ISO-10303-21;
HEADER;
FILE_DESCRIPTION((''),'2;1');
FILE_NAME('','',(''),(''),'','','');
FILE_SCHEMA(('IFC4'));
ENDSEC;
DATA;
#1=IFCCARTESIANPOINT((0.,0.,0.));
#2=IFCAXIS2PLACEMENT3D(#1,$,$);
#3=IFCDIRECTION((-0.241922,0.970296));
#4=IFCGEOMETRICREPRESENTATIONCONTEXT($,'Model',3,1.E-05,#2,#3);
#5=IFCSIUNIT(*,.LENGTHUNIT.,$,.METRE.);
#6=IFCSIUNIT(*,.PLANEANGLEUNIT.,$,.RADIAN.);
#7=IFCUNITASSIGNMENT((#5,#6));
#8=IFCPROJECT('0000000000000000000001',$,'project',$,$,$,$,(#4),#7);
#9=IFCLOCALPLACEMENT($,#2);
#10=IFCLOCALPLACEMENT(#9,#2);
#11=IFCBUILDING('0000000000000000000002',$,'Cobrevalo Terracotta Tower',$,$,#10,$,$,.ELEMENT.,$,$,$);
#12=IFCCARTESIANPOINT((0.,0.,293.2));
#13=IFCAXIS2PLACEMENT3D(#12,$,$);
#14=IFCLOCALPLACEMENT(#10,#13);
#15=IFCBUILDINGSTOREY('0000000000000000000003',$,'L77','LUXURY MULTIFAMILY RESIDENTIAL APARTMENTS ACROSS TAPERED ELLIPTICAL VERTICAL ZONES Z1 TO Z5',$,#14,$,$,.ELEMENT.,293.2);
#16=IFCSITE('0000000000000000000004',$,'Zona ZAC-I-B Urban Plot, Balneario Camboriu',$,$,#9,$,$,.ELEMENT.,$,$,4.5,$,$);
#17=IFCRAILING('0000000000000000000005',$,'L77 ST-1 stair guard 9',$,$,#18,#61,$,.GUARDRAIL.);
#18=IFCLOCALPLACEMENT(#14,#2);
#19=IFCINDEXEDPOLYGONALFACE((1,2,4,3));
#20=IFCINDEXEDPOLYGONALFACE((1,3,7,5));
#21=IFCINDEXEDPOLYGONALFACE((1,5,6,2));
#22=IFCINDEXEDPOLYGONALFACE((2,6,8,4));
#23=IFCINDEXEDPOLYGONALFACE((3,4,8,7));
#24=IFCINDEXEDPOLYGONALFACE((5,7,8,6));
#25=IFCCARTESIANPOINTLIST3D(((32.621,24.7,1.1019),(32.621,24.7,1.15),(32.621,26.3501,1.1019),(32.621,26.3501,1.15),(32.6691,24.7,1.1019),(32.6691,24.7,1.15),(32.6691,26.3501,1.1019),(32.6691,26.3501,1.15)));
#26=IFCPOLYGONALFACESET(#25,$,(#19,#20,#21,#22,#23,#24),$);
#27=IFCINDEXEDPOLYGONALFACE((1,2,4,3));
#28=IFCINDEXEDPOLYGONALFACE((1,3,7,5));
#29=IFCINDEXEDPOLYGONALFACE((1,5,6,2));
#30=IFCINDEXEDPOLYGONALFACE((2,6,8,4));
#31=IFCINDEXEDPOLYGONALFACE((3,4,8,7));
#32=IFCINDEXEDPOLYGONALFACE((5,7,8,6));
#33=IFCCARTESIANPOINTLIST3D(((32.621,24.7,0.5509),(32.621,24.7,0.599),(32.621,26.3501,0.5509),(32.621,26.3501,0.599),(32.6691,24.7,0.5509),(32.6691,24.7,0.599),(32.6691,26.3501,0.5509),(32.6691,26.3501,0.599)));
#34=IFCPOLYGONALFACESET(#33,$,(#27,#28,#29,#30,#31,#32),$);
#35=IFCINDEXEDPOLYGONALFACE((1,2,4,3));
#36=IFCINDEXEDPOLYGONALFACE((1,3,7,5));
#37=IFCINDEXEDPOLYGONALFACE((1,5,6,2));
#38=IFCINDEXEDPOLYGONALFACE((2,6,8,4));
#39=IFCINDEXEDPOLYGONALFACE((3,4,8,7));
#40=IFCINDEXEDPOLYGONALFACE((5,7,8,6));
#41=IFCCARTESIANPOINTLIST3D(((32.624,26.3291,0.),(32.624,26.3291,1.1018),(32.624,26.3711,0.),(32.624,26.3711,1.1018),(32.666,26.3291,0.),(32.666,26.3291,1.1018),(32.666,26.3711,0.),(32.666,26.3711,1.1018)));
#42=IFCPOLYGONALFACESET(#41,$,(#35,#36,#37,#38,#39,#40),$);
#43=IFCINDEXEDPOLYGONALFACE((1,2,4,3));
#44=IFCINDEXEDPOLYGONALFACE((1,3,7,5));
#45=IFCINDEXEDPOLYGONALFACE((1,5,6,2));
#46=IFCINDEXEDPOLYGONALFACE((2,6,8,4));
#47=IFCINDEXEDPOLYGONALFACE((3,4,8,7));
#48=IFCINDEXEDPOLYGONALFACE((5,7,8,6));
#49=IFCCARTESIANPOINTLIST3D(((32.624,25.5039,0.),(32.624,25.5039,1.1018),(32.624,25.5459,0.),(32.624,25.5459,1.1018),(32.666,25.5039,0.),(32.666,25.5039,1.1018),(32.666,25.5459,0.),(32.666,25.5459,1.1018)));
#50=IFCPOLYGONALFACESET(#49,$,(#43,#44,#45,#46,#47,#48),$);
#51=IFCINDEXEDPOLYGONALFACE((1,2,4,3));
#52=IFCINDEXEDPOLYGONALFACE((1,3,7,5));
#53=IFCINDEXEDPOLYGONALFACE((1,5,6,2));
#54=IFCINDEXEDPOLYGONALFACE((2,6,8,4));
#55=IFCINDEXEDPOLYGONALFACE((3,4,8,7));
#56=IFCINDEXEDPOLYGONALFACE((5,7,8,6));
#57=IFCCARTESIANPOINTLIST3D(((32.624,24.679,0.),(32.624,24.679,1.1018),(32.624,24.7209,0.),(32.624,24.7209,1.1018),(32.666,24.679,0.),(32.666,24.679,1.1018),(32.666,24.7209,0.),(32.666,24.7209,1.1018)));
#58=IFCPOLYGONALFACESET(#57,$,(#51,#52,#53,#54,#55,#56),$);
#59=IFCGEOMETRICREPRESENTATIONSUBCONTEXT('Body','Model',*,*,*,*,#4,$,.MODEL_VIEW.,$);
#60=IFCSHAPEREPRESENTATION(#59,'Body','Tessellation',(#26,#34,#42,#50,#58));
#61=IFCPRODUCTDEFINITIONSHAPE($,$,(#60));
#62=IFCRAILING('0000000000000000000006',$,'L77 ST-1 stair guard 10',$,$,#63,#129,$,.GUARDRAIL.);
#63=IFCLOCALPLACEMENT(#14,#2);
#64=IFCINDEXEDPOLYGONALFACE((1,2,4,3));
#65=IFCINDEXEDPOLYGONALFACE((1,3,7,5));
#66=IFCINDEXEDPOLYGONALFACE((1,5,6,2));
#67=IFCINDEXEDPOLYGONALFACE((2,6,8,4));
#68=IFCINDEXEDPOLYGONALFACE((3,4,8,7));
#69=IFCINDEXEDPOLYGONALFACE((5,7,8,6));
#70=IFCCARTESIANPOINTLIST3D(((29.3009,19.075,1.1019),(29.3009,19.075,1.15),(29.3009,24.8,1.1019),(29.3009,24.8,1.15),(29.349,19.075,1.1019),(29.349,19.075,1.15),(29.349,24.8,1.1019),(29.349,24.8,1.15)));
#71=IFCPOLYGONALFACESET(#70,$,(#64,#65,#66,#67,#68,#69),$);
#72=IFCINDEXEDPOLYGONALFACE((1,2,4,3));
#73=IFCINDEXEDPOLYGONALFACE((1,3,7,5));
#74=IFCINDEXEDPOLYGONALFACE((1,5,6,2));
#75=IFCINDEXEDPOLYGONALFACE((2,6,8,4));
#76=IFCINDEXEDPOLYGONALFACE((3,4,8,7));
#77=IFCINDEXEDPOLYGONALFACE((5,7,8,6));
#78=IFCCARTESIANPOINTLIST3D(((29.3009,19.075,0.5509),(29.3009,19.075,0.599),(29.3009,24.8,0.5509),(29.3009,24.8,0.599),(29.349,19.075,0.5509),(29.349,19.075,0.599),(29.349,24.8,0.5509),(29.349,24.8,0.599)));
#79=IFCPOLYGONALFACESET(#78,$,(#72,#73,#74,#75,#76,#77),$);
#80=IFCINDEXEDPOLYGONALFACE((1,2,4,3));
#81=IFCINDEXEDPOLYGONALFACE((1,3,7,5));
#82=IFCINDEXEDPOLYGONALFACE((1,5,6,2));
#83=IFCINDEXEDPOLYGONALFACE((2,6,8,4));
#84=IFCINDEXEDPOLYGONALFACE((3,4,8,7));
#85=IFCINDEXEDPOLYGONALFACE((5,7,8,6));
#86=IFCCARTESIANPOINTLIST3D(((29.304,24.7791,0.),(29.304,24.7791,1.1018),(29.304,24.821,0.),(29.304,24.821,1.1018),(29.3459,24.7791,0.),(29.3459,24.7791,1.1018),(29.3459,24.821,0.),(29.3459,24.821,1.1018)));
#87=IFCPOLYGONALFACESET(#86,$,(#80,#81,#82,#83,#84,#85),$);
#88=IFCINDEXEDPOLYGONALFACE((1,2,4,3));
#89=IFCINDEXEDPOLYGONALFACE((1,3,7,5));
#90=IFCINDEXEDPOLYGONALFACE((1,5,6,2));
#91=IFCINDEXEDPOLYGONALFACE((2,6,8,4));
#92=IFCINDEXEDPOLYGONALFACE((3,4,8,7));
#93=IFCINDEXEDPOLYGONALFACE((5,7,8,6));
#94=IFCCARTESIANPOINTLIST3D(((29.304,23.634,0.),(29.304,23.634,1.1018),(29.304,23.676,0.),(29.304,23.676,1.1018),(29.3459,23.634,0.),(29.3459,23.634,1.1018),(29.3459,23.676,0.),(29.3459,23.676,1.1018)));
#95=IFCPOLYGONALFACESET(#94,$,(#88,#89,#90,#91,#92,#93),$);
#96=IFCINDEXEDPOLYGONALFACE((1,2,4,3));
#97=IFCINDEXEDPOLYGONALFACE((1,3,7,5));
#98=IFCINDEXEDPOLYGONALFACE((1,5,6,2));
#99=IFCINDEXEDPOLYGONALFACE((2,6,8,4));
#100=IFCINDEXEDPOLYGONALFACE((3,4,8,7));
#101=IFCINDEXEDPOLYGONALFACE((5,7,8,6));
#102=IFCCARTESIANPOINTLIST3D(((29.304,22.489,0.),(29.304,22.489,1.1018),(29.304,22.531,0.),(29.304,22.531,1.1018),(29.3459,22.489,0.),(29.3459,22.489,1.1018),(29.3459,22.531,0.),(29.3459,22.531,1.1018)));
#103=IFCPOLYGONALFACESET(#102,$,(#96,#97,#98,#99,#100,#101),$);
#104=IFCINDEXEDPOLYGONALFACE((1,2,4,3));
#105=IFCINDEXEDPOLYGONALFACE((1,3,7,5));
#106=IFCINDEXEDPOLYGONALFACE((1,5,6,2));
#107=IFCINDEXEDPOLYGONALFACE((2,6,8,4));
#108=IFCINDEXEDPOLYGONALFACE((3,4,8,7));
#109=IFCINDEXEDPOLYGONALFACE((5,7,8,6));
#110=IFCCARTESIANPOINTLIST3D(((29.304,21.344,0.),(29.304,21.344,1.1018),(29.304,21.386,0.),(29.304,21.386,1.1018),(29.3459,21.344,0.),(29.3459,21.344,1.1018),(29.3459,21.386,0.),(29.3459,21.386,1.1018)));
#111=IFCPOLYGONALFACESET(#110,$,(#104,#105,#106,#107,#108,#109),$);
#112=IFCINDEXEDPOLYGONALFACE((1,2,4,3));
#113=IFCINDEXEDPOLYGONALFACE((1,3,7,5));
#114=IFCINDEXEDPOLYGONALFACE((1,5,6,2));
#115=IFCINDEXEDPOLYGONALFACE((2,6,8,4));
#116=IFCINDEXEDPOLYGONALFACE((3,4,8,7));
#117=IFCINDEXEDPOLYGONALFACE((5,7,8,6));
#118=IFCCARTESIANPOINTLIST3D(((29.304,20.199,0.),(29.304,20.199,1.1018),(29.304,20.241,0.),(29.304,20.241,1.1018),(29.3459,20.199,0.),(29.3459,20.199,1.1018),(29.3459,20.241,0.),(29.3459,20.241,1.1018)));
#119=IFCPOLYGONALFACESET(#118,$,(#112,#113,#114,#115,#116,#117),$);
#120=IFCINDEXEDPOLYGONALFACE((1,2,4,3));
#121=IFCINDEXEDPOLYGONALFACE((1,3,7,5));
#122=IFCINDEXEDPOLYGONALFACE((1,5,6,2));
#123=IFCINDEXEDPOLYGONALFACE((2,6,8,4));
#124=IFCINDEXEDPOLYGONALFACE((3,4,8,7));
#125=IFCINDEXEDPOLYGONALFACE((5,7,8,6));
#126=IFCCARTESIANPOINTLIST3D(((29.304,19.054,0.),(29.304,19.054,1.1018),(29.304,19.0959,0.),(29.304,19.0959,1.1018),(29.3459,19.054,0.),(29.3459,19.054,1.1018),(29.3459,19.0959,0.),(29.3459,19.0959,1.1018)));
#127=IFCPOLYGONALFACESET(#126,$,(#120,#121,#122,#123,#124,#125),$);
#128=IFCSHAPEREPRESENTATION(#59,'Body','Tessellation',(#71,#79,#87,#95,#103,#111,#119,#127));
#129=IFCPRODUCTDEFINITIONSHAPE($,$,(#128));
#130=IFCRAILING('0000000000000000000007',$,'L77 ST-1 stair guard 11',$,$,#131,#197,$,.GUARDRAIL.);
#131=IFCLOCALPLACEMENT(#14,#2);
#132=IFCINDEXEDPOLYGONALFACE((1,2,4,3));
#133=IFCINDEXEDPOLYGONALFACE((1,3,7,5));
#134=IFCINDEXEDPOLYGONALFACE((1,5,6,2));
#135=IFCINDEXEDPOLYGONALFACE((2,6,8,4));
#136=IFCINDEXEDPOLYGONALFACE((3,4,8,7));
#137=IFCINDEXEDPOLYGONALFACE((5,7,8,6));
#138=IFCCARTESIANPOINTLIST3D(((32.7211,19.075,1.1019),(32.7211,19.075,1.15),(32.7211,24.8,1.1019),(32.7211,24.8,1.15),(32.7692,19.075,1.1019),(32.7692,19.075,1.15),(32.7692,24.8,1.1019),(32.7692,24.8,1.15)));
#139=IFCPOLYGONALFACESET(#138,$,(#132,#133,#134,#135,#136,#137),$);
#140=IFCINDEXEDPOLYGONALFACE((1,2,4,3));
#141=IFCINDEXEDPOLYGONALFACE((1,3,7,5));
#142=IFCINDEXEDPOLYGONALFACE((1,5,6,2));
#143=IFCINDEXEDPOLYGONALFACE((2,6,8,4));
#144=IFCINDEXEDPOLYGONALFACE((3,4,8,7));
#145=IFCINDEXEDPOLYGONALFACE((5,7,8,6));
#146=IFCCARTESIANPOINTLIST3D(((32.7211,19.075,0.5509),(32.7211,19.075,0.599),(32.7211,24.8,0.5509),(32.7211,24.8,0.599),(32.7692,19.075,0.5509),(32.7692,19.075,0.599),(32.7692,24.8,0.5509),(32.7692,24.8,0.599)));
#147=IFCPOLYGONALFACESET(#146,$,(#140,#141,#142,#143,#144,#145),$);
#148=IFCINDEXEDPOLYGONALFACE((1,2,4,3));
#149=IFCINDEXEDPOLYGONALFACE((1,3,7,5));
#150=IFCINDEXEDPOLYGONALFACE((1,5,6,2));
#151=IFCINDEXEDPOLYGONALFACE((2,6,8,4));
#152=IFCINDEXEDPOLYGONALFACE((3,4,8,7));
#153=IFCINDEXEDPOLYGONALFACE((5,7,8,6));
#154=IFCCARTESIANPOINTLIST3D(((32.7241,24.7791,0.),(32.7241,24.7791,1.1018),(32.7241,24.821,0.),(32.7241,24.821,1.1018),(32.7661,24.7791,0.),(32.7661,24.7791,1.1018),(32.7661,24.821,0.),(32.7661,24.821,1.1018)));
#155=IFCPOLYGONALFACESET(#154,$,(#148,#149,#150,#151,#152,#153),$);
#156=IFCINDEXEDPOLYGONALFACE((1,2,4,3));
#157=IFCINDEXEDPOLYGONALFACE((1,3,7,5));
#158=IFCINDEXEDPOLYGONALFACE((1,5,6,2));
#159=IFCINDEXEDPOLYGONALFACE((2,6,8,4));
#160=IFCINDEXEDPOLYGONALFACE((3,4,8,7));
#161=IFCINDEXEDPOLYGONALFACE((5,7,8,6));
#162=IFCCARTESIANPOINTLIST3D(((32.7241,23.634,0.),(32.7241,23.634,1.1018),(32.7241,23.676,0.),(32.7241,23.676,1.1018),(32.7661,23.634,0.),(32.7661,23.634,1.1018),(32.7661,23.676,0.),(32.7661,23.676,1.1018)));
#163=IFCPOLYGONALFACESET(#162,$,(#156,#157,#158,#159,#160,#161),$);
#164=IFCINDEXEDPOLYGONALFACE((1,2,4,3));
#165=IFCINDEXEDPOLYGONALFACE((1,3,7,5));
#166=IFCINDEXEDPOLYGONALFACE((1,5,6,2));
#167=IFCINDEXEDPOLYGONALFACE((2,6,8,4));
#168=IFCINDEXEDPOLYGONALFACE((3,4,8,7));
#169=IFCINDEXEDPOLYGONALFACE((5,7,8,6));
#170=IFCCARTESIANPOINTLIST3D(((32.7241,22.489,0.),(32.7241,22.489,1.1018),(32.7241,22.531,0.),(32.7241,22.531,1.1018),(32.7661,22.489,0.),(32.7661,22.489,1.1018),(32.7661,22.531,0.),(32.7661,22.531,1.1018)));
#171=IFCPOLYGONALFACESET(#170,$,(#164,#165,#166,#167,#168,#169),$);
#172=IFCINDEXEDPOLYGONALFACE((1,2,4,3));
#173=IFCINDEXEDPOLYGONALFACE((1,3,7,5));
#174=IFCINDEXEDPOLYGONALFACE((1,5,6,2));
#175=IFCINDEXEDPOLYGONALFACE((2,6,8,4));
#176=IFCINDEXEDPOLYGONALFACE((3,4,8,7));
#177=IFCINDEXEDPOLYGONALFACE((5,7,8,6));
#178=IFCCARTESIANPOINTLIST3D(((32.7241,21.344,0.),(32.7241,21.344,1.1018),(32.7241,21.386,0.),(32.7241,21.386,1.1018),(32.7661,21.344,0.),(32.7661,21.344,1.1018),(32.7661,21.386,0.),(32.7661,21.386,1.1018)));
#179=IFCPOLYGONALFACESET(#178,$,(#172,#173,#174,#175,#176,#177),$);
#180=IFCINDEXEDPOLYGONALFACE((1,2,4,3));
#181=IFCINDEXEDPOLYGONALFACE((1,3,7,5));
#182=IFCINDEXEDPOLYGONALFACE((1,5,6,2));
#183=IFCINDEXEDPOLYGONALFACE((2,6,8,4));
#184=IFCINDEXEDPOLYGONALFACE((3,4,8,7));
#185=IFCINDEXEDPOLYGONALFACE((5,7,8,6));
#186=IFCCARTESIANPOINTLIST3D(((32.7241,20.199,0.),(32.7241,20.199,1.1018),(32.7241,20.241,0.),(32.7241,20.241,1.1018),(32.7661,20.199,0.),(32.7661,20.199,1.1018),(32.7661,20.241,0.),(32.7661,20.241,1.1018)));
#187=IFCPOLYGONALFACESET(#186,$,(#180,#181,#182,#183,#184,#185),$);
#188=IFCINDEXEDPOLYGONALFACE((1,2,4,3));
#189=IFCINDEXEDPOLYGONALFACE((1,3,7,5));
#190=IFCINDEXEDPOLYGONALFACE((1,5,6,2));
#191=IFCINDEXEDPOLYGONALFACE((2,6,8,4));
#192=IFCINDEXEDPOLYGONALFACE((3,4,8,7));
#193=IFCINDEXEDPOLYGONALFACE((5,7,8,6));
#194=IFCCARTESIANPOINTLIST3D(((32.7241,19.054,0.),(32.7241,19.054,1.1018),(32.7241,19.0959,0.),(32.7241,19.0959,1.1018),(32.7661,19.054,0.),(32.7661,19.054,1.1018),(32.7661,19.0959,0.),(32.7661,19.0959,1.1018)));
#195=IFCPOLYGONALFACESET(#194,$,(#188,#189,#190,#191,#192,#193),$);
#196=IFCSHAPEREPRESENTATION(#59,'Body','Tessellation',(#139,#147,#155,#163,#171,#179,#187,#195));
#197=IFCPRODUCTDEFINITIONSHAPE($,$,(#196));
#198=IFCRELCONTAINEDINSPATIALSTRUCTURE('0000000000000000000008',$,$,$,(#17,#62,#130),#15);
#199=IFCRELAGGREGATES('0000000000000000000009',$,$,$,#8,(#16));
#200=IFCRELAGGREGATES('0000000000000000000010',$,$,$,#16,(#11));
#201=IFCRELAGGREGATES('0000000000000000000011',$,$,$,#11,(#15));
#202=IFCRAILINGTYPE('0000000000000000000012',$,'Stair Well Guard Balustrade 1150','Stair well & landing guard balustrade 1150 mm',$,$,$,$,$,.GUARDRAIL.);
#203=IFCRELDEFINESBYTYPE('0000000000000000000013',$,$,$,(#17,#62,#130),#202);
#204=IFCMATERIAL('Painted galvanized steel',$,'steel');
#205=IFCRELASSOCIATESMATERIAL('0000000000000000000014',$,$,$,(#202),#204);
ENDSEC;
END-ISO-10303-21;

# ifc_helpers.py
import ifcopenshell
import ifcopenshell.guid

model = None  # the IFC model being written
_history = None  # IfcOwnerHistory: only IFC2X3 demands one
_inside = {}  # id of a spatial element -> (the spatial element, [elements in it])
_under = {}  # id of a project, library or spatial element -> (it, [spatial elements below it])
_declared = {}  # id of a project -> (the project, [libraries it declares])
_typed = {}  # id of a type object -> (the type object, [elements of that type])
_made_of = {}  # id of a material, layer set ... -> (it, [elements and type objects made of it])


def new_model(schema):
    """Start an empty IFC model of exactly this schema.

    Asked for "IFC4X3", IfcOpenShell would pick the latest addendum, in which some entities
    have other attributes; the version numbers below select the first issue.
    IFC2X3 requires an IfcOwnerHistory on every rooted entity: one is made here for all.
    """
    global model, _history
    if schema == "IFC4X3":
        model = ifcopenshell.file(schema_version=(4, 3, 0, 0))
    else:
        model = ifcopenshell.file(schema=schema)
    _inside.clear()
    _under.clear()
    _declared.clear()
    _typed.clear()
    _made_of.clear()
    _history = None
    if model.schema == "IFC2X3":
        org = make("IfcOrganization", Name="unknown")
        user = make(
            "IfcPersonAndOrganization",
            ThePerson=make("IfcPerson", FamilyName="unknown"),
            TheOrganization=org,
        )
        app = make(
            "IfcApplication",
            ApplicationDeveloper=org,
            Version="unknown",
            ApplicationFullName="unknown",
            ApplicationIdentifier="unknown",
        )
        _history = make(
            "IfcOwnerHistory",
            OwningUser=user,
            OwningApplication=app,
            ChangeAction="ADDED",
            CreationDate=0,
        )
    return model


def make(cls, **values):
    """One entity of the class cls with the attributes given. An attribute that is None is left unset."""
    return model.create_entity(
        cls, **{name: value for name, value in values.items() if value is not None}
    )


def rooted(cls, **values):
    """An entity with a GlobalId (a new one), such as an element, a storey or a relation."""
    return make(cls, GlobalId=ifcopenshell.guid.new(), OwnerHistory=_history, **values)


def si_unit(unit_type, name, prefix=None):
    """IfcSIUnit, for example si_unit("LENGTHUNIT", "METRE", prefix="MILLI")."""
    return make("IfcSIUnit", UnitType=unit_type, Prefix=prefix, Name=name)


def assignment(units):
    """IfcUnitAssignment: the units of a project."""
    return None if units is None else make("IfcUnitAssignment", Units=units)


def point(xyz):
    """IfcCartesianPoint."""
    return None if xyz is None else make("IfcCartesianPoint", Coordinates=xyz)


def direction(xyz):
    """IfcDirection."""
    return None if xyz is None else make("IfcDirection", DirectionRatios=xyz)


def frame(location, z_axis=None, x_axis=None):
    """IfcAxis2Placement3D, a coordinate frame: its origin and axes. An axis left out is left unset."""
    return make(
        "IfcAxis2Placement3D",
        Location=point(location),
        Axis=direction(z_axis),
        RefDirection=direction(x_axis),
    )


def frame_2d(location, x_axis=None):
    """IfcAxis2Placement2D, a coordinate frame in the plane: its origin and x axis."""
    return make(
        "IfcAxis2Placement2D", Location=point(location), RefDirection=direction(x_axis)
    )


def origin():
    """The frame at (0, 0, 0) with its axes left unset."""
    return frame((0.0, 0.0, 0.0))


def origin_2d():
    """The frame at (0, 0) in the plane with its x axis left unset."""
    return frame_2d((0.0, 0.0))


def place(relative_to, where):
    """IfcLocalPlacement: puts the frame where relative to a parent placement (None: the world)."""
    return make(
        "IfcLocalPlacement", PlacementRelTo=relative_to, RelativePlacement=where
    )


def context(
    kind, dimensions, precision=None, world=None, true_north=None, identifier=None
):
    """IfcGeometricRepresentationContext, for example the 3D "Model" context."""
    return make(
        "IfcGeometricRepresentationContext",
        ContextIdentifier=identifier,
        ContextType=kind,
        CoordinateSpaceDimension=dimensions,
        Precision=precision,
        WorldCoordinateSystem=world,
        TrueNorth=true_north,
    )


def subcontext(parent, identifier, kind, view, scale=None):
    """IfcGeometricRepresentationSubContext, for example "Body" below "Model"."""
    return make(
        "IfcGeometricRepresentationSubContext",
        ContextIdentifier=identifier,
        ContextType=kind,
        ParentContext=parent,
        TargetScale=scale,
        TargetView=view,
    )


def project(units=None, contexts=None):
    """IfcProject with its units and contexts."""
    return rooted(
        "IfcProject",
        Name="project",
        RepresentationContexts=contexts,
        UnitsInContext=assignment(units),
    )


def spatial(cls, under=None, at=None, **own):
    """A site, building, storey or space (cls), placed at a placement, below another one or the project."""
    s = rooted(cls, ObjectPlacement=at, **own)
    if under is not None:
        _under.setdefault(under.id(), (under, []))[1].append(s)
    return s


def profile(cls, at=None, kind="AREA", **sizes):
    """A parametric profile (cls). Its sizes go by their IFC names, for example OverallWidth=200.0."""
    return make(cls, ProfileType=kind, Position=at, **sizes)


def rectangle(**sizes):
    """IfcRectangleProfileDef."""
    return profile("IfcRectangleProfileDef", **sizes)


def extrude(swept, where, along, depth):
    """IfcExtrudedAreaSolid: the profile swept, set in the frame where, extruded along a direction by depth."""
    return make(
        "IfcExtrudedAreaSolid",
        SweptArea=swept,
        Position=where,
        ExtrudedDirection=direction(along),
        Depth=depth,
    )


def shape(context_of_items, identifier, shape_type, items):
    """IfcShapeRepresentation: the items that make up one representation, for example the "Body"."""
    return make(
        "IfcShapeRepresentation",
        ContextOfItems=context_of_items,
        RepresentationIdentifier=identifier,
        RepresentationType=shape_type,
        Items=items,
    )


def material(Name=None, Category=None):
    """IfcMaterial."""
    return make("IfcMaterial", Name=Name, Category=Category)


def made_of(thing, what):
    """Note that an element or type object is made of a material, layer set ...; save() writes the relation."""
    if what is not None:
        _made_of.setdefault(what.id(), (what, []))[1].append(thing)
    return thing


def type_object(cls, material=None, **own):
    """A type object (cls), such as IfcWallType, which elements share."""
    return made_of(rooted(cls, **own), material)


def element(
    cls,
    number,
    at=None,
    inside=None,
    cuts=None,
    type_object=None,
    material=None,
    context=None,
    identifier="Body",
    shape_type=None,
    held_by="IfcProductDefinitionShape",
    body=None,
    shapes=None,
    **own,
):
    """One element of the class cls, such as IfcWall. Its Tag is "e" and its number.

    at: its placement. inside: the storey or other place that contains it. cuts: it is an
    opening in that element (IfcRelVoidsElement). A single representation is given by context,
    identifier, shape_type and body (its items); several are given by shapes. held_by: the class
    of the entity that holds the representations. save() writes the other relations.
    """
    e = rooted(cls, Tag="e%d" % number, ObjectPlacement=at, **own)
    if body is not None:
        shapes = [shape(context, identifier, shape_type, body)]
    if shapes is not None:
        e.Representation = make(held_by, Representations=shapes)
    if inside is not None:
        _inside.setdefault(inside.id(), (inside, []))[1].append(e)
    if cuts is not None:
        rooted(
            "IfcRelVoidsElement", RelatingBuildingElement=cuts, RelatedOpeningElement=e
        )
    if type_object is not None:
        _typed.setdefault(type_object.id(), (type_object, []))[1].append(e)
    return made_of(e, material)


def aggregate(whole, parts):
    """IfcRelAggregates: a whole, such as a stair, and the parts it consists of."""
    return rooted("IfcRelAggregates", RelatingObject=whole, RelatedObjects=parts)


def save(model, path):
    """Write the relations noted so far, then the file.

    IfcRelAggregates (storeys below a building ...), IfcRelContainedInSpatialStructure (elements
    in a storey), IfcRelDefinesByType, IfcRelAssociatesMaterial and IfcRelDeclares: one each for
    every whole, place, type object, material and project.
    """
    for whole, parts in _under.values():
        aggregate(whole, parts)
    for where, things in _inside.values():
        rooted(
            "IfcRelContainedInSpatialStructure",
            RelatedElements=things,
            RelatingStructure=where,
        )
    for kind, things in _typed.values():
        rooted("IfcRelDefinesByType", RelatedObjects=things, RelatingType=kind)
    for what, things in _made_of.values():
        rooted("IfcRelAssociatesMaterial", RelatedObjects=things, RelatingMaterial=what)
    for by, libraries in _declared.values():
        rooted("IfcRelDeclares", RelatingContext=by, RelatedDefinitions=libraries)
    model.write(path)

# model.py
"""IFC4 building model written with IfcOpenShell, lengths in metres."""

from ifc_helpers import new_model, si_unit, direction, frame, origin, origin_2d, place, context, subcontext, project, spatial, rectangle, extrude, material, type_object, element, save


model = new_model("IFC4")

# Units and contexts
model_context = context("Model", 3, precision=1e-05, world=origin(), true_north=direction((-0.241922, 0.970296)))
body_context = subcontext(model_context, "Body", "Model", "MODEL_VIEW")
ifc_project = project(units=[si_unit("LENGTHUNIT", "METRE"), si_unit("PLANEANGLEUNIT", "RADIAN")], contexts=[model_context])

# Site, building, storey
site_placement = place(None, origin())
site = spatial("IfcSite", under=ifc_project, at=site_placement, Name="Zona ZAC-I-B Urban Plot, Balneario Camboriu", CompositionType="ELEMENT", RefElevation=4.5)
building_placement = place(site_placement, origin())
building = spatial("IfcBuilding", under=site, at=building_placement, Name="Cobrevalo Terracotta Tower", CompositionType="ELEMENT")
storey_placement = place(building_placement, frame((0.0, 0.0, 293.2)))
storey = spatial("IfcBuildingStorey", under=building, at=storey_placement, Name="L77", Description="LUXURY MULTIFAMILY RESIDENTIAL APARTMENTS ACROSS TAPERED ELLIPTICAL VERTICAL ZONES Z1 TO Z5", CompositionType="ELEMENT", Elevation=293.2)

# Railings
ifc_material_1 = material(Name="Painted galvanized steel", Category="steel")
railing_type_1 = type_object("IfcRailingType", Name="Stair Well Guard Balustrade 1150", Description="Stair well & landing guard balustrade 1150 mm", PredefinedType="GUARDRAIL", material=ifc_material_1)
for number, where, name in (
    (1, (32.645, 26.3501, 0.0), "L77 ST-1 stair guard 9"),
):
    element("IfcRailing", number, at=place(storey_placement, frame(where)), inside=storey, type_object=railing_type_1, Name=name, PredefinedType="GUARDRAIL", context=body_context, shape_type="SweptSolid", body=[
        extrude(rectangle(XDim=0.0481, YDim=0.0481, at=origin_2d()), frame((0.0, 0.0, 1.126), z_axis=(0.0, -1.0, 0.0), x_axis=(1.0, 0.0, 0.0)), (0.0, 0.0, 1.0), 1.6501),
        extrude(rectangle(XDim=0.0481, YDim=0.0481, at=origin_2d()), frame((0.0, 0.0, 0.575), z_axis=(0.0, -1.0, 0.0), x_axis=(1.0, 0.0, 0.0)), (0.0, 0.0, 1.0), 1.6501),
        extrude(rectangle(XDim=0.042, YDim=0.042, at=origin_2d()), origin(), (0.0, 0.0, 1.0), 1.1018),
        extrude(rectangle(XDim=0.042, YDim=0.042, at=origin_2d()), frame((0.0, -0.8252, 0.0)), (0.0, 0.0, 1.0), 1.1018),
        extrude(rectangle(XDim=0.042, YDim=0.042, at=origin_2d()), frame((0.0, -1.6501, 0.0)), (0.0, 0.0, 1.0), 1.1018),
    ])
for number, where, name in (
    (2, (29.325, 24.8, 0.0), "L77 ST-1 stair guard 10"),
    (3, (32.7451, 24.8, 0.0), "L77 ST-1 stair guard 11"),
):
    element("IfcRailing", number, at=place(storey_placement, frame(where)), inside=storey, type_object=railing_type_1, Name=name, PredefinedType="GUARDRAIL", context=body_context, shape_type="SweptSolid", body=[
        extrude(rectangle(XDim=0.0481, YDim=0.0481, at=origin_2d()), frame((0.0, 0.0, 1.126), z_axis=(0.0, -1.0, 0.0), x_axis=(1.0, 0.0, 0.0)), (0.0, 0.0, 1.0), 5.7251),
        extrude(rectangle(XDim=0.0481, YDim=0.0481, at=origin_2d()), frame((0.0, 0.0, 0.575), z_axis=(0.0, -1.0, 0.0), x_axis=(1.0, 0.0, 0.0)), (0.0, 0.0, 1.0), 5.7251),
        extrude(rectangle(XDim=0.042, YDim=0.042, at=origin_2d()), origin(), (0.0, 0.0, 1.0), 1.1018),
        extrude(rectangle(XDim=0.042, YDim=0.042, at=origin_2d()), frame((0.0, -1.145, 0.0)), (0.0, 0.0, 1.0), 1.1018),
        extrude(rectangle(XDim=0.042, YDim=0.042, at=origin_2d()), frame((0.0, -2.29, 0.0)), (0.0, 0.0, 1.0), 1.1018),
        extrude(rectangle(XDim=0.042, YDim=0.042, at=origin_2d()), frame((0.0, -3.4351, 0.0)), (0.0, 0.0, 1.0), 1.1018),
        extrude(rectangle(XDim=0.042, YDim=0.042, at=origin_2d()), frame((0.0, -4.5801, 0.0)), (0.0, 0.0, 1.0), 1.1018),
        extrude(rectangle(XDim=0.042, YDim=0.042, at=origin_2d()), frame((0.0, -5.7251, 0.0)), (0.0, 0.0, 1.0), 1.1018),
    ])

save(model, "model.ifc")
